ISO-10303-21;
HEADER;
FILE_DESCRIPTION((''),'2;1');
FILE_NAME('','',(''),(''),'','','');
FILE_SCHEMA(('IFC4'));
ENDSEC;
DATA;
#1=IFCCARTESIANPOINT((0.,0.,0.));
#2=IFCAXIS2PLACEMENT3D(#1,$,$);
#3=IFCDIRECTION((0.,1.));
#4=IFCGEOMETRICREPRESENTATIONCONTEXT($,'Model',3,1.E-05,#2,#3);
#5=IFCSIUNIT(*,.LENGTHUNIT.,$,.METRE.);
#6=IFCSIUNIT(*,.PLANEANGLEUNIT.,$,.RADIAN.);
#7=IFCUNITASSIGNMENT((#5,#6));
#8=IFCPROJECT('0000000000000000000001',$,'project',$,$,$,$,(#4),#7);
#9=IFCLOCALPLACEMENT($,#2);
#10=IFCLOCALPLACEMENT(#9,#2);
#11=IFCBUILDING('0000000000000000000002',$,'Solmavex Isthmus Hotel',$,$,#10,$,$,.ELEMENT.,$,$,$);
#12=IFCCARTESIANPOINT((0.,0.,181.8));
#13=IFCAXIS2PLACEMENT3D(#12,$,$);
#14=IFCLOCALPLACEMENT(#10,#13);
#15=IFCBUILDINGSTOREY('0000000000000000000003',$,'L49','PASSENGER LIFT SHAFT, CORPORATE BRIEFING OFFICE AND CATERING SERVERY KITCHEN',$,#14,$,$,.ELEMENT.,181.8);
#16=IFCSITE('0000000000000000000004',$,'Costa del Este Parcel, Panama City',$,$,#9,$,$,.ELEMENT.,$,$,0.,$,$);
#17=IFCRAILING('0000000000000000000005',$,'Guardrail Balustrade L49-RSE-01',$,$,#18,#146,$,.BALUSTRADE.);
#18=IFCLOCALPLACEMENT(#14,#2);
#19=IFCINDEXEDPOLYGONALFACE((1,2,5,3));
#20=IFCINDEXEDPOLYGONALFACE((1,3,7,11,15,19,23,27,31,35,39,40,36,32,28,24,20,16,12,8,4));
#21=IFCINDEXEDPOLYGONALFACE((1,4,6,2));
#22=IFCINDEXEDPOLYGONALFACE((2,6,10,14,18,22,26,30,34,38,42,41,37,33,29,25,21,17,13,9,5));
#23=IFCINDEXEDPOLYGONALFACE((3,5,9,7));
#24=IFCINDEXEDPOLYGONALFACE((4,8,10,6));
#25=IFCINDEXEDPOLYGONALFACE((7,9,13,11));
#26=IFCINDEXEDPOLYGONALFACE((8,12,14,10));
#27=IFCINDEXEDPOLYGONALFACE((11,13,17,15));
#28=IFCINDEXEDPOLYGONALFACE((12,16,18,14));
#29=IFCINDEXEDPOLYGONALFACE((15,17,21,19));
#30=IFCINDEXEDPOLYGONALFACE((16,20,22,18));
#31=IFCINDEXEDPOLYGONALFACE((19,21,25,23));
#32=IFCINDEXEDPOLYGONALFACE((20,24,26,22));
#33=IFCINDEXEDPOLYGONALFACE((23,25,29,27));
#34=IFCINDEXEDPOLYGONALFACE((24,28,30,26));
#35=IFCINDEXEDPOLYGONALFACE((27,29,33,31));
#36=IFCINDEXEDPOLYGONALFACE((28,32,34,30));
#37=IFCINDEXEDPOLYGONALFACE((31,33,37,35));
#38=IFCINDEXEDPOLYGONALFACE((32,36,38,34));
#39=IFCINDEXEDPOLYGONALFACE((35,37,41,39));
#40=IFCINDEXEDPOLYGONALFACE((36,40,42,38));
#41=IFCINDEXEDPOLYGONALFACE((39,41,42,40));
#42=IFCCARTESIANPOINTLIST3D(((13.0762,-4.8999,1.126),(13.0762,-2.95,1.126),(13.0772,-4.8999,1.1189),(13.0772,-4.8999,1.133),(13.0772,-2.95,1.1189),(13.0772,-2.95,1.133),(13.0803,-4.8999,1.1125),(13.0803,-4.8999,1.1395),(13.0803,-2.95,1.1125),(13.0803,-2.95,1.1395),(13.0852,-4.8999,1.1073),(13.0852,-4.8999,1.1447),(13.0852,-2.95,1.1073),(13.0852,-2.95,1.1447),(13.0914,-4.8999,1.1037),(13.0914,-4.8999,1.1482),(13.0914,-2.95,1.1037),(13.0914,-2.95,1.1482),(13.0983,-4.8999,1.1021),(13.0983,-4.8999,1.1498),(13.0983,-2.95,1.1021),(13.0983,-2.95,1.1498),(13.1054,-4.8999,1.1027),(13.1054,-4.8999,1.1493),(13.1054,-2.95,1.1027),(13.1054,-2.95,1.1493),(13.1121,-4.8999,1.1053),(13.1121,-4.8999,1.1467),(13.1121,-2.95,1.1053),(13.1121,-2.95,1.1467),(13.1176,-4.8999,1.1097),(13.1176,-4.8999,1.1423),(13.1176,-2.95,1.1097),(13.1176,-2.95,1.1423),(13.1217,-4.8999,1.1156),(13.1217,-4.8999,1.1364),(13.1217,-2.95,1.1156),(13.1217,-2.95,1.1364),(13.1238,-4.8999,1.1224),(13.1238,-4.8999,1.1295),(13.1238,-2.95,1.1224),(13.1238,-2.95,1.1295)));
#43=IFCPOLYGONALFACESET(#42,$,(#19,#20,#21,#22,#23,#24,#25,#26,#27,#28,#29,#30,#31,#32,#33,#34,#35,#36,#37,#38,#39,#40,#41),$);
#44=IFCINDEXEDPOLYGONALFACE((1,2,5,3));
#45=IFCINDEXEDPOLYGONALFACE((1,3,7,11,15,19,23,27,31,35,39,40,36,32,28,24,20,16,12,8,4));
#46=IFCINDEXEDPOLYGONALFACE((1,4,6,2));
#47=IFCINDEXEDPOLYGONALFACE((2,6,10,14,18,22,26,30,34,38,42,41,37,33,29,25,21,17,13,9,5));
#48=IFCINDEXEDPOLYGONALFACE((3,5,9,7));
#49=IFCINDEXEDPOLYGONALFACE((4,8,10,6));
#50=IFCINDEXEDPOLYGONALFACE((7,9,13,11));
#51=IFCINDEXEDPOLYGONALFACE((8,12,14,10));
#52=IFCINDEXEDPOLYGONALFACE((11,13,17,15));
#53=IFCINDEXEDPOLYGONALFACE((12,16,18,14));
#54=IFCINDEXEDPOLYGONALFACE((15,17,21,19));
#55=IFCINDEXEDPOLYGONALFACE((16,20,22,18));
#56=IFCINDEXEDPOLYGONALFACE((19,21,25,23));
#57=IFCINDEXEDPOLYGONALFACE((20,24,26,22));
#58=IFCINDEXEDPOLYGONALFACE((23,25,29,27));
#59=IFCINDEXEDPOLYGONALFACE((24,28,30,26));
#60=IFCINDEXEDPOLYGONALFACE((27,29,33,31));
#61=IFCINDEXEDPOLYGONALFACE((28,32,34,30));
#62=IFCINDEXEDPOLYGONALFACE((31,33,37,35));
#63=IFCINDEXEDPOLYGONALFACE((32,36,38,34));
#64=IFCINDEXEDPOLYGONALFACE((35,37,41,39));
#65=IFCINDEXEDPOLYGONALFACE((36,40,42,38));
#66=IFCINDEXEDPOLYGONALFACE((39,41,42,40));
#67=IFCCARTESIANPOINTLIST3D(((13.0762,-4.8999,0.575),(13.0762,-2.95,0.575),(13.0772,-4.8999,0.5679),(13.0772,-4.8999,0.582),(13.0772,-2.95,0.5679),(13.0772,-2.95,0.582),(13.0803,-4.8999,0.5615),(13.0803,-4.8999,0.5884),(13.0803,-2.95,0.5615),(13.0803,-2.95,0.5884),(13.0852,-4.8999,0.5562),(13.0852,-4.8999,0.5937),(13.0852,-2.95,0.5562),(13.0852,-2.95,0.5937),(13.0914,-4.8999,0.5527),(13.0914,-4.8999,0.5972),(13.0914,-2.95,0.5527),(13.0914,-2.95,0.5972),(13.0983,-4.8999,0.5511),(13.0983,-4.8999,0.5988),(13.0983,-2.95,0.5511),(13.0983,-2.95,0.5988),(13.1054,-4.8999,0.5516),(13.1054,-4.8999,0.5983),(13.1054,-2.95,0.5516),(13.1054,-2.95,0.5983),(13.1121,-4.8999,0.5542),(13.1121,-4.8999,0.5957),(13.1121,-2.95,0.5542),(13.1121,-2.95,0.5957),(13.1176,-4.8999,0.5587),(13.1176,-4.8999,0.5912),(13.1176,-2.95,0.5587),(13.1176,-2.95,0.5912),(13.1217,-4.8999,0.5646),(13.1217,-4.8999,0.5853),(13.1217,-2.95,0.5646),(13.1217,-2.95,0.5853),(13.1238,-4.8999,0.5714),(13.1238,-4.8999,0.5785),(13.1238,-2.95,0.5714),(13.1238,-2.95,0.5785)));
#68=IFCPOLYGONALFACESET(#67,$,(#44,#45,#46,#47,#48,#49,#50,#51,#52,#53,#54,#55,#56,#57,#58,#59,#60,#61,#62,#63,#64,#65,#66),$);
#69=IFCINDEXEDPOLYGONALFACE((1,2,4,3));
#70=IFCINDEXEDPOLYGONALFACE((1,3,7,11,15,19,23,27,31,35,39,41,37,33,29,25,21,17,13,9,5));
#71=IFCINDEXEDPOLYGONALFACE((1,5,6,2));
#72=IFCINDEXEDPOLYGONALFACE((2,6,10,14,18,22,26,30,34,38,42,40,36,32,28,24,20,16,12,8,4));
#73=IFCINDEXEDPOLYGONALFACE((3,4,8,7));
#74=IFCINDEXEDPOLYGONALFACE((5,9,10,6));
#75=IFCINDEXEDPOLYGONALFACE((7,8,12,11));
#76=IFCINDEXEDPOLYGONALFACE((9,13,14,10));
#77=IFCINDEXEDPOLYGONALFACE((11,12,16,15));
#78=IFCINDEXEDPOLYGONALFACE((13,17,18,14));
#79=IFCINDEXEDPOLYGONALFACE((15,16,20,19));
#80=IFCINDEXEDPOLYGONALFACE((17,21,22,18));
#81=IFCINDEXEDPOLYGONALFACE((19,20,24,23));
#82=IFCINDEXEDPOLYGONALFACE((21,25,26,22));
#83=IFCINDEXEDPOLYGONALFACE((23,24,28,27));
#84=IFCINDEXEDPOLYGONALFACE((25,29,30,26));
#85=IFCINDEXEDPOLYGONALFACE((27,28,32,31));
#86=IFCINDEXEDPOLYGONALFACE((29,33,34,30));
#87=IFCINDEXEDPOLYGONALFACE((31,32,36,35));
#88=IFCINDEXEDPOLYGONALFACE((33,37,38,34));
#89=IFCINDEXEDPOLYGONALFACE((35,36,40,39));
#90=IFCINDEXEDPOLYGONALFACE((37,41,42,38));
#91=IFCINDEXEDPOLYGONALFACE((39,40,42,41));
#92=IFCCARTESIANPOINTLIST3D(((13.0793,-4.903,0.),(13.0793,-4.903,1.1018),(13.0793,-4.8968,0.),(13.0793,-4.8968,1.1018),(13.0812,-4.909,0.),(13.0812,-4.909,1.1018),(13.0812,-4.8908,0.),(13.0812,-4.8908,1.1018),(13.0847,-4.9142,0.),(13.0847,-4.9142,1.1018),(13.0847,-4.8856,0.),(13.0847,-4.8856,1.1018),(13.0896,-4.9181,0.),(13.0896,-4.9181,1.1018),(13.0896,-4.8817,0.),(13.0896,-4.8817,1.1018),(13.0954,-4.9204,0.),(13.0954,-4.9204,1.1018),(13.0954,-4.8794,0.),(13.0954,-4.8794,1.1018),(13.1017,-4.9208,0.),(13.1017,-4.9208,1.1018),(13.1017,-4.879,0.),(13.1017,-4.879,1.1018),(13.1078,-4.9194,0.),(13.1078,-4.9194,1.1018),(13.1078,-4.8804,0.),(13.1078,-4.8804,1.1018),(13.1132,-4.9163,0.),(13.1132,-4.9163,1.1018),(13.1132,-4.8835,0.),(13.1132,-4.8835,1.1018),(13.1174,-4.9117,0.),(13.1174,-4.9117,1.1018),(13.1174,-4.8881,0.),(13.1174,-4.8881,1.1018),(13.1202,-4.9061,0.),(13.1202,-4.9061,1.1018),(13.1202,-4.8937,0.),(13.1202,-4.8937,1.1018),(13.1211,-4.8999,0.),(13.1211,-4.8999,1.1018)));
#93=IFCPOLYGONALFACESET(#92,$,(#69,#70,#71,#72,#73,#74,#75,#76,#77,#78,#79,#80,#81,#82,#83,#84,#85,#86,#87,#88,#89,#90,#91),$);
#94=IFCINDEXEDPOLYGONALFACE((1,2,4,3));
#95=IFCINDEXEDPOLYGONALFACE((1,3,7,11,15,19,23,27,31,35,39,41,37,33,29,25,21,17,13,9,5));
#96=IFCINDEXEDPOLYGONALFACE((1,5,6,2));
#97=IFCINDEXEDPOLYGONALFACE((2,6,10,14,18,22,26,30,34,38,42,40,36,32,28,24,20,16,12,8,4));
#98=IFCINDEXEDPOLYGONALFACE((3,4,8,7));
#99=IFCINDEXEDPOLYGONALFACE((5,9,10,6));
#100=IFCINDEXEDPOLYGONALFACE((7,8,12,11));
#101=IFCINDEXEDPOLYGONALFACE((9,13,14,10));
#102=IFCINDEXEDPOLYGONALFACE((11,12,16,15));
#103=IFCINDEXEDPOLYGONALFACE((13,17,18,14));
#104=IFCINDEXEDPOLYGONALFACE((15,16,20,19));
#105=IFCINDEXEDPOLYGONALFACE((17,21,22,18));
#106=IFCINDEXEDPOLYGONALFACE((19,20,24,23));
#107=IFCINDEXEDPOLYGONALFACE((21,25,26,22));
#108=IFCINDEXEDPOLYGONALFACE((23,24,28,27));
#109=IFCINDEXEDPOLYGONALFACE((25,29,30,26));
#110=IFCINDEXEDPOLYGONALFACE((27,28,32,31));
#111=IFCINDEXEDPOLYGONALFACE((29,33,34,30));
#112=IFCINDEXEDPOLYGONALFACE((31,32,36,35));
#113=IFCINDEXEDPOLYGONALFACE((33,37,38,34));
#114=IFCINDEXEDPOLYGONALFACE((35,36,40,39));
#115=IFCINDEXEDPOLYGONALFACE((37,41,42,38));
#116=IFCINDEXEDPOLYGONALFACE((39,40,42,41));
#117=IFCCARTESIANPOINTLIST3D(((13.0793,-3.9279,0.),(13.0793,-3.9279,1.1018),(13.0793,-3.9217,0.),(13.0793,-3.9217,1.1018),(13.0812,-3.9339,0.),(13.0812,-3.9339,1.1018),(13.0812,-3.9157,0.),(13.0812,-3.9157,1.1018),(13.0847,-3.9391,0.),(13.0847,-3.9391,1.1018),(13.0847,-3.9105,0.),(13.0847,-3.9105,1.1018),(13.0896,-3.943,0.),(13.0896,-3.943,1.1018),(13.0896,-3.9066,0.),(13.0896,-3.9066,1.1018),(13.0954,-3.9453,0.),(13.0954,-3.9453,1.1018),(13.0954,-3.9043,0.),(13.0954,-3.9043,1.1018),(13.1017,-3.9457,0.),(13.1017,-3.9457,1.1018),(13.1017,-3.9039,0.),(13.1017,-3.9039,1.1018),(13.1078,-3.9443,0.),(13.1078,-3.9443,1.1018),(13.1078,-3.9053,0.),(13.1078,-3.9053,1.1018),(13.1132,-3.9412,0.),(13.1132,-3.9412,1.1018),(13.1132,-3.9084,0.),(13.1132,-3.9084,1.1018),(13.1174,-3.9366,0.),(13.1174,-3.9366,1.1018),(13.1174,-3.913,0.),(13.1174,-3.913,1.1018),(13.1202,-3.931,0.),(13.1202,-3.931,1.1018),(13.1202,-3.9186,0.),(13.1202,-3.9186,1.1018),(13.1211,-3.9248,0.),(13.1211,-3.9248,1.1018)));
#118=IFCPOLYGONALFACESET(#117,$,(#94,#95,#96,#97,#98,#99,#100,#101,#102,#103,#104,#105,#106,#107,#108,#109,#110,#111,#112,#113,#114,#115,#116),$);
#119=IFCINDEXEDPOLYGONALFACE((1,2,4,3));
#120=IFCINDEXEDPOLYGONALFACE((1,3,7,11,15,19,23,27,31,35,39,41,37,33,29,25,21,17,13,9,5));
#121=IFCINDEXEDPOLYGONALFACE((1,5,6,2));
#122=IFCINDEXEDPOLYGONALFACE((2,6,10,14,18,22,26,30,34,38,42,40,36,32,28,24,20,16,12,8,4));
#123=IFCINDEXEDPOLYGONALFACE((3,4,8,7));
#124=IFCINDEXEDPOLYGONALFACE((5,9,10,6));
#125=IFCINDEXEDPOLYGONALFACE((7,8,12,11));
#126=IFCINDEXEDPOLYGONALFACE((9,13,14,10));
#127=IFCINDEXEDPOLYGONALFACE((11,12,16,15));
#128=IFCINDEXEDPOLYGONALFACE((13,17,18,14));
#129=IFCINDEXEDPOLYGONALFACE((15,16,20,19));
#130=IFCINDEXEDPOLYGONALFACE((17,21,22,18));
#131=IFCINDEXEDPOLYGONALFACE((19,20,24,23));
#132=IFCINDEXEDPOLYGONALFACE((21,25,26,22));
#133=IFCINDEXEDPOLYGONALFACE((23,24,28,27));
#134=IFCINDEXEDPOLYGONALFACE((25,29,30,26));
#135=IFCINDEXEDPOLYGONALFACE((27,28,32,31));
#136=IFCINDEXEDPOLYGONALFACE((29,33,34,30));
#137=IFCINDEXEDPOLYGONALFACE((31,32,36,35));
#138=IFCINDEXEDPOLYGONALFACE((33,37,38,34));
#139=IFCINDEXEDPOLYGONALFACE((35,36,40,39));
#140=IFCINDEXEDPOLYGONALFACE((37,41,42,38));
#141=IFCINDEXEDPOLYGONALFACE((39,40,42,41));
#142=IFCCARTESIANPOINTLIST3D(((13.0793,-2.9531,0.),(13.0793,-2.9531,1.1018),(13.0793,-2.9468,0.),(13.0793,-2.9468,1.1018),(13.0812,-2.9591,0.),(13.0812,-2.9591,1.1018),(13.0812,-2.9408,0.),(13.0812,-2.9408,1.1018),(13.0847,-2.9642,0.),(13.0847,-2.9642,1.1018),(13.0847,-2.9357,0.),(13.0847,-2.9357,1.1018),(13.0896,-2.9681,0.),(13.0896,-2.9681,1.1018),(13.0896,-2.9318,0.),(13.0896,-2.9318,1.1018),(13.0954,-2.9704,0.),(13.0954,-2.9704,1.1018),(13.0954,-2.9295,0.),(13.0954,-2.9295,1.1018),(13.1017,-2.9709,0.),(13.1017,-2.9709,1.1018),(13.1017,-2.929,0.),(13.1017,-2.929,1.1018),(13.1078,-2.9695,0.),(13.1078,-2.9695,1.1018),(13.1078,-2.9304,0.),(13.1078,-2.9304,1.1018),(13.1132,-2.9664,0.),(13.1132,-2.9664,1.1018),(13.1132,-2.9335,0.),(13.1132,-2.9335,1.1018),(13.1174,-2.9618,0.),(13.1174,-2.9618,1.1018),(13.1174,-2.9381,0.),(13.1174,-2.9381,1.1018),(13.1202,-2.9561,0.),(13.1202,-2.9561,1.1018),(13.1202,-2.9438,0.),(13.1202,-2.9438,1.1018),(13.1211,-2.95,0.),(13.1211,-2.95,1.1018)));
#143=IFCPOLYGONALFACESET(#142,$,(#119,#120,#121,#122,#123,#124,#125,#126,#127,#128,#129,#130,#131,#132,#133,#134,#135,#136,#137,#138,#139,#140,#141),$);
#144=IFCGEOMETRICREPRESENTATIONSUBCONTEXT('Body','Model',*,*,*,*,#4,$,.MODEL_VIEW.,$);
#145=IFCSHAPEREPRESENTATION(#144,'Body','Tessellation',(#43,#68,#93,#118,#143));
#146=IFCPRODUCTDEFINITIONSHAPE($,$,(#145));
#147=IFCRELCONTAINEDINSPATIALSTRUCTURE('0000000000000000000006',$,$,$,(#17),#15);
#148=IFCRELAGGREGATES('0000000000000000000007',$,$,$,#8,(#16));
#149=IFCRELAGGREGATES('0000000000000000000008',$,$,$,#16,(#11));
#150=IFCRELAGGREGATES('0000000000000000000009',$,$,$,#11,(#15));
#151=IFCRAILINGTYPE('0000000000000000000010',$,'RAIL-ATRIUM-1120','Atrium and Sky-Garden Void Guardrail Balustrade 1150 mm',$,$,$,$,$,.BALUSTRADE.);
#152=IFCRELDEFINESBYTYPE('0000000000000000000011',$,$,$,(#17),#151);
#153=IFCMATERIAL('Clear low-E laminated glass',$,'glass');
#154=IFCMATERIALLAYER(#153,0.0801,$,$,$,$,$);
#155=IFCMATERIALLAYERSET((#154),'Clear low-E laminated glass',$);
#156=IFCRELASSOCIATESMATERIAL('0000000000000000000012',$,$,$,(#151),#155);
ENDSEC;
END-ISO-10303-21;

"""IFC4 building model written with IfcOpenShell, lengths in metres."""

from ifc_helpers import new_model, si_unit, direction, frame, origin, origin_2d, place, context, subcontext, project, spatial, circle, extrude, material, layer, layer_set, type_object, element, save


model = new_model("IFC4")

# Units and contexts
model_context = context("Model", 3, precision=1e-05, world=origin(), true_north=direction((0.0, 1.0)))
body_context = subcontext(model_context, "Body", "Model", "MODEL_VIEW")
ifc_project = project(units=[si_unit("LENGTHUNIT", "METRE"), si_unit("PLANEANGLEUNIT", "RADIAN")], contexts=[model_context])

# Site, building, storey
site_placement = place(None, origin())
site = spatial("IfcSite", under=ifc_project, at=site_placement, Name="Costa del Este Parcel, Panama City", CompositionType="ELEMENT", RefElevation=0.0)
building_placement = place(site_placement, origin())
building = spatial("IfcBuilding", under=site, at=building_placement, Name="Solmavex Isthmus Hotel", CompositionType="ELEMENT")
storey_placement = place(building_placement, frame((0.0, 0.0, 181.8)))
storey = spatial("IfcBuildingStorey", under=building, at=storey_placement, Name="L49", Description="PASSENGER LIFT SHAFT, CORPORATE BRIEFING OFFICE AND CATERING SERVERY KITCHEN", CompositionType="ELEMENT", Elevation=181.8)

# Railing
ifc_material_1 = material(Name="Clear low-E laminated glass", Category="glass")
ifc_layer_1 = layer(ifc_material_1, 0.0801)
ifc_layer_set_1 = layer_set([ifc_layer_1], Name="Clear low-E laminated glass")
railing_type_1 = type_object("IfcRailingType", Name="RAIL-ATRIUM-1120", Description="Atrium and Sky-Garden Void Guardrail Balustrade 1150 mm", PredefinedType="BALUSTRADE", material=ifc_layer_set_1)
railing_1_placement = place(storey_placement, frame((13.1001, -4.8999, 0.0)))
element("IfcRailing", 1, at=railing_1_placement, inside=storey, type_object=railing_type_1, Name="Guardrail Balustrade L49-RSE-01", PredefinedType="BALUSTRADE", context=body_context, shape_type="SweptSolid", body=[
    extrude(circle(Radius=0.0239, at=origin_2d()), frame((0.0, 0.0, 1.126), z_axis=(0.0, 1.0, 0.0), x_axis=(-1.0, 0.0, 0.0)), (0.0, 0.0, 1.0), 1.95),
    extrude(circle(Radius=0.0239, at=origin_2d()), frame((0.0, 0.0, 0.575), z_axis=(0.0, 1.0, 0.0), x_axis=(-1.0, 0.0, 0.0)), (0.0, 0.0, 1.0), 1.95),
    extrude(circle(Radius=0.021, at=origin_2d()), origin(), (0.0, 0.0, 1.0), 1.1018),
    extrude(circle(Radius=0.021, at=origin_2d()), frame((0.0, 0.9751, 0.0)), (0.0, 0.0, 1.0), 1.1018),
    extrude(circle(Radius=0.021, at=origin_2d()), frame((0.0, 1.95, 0.0)), (0.0, 0.0, 1.0), 1.1018),
])

save(model, "model.ifc")
